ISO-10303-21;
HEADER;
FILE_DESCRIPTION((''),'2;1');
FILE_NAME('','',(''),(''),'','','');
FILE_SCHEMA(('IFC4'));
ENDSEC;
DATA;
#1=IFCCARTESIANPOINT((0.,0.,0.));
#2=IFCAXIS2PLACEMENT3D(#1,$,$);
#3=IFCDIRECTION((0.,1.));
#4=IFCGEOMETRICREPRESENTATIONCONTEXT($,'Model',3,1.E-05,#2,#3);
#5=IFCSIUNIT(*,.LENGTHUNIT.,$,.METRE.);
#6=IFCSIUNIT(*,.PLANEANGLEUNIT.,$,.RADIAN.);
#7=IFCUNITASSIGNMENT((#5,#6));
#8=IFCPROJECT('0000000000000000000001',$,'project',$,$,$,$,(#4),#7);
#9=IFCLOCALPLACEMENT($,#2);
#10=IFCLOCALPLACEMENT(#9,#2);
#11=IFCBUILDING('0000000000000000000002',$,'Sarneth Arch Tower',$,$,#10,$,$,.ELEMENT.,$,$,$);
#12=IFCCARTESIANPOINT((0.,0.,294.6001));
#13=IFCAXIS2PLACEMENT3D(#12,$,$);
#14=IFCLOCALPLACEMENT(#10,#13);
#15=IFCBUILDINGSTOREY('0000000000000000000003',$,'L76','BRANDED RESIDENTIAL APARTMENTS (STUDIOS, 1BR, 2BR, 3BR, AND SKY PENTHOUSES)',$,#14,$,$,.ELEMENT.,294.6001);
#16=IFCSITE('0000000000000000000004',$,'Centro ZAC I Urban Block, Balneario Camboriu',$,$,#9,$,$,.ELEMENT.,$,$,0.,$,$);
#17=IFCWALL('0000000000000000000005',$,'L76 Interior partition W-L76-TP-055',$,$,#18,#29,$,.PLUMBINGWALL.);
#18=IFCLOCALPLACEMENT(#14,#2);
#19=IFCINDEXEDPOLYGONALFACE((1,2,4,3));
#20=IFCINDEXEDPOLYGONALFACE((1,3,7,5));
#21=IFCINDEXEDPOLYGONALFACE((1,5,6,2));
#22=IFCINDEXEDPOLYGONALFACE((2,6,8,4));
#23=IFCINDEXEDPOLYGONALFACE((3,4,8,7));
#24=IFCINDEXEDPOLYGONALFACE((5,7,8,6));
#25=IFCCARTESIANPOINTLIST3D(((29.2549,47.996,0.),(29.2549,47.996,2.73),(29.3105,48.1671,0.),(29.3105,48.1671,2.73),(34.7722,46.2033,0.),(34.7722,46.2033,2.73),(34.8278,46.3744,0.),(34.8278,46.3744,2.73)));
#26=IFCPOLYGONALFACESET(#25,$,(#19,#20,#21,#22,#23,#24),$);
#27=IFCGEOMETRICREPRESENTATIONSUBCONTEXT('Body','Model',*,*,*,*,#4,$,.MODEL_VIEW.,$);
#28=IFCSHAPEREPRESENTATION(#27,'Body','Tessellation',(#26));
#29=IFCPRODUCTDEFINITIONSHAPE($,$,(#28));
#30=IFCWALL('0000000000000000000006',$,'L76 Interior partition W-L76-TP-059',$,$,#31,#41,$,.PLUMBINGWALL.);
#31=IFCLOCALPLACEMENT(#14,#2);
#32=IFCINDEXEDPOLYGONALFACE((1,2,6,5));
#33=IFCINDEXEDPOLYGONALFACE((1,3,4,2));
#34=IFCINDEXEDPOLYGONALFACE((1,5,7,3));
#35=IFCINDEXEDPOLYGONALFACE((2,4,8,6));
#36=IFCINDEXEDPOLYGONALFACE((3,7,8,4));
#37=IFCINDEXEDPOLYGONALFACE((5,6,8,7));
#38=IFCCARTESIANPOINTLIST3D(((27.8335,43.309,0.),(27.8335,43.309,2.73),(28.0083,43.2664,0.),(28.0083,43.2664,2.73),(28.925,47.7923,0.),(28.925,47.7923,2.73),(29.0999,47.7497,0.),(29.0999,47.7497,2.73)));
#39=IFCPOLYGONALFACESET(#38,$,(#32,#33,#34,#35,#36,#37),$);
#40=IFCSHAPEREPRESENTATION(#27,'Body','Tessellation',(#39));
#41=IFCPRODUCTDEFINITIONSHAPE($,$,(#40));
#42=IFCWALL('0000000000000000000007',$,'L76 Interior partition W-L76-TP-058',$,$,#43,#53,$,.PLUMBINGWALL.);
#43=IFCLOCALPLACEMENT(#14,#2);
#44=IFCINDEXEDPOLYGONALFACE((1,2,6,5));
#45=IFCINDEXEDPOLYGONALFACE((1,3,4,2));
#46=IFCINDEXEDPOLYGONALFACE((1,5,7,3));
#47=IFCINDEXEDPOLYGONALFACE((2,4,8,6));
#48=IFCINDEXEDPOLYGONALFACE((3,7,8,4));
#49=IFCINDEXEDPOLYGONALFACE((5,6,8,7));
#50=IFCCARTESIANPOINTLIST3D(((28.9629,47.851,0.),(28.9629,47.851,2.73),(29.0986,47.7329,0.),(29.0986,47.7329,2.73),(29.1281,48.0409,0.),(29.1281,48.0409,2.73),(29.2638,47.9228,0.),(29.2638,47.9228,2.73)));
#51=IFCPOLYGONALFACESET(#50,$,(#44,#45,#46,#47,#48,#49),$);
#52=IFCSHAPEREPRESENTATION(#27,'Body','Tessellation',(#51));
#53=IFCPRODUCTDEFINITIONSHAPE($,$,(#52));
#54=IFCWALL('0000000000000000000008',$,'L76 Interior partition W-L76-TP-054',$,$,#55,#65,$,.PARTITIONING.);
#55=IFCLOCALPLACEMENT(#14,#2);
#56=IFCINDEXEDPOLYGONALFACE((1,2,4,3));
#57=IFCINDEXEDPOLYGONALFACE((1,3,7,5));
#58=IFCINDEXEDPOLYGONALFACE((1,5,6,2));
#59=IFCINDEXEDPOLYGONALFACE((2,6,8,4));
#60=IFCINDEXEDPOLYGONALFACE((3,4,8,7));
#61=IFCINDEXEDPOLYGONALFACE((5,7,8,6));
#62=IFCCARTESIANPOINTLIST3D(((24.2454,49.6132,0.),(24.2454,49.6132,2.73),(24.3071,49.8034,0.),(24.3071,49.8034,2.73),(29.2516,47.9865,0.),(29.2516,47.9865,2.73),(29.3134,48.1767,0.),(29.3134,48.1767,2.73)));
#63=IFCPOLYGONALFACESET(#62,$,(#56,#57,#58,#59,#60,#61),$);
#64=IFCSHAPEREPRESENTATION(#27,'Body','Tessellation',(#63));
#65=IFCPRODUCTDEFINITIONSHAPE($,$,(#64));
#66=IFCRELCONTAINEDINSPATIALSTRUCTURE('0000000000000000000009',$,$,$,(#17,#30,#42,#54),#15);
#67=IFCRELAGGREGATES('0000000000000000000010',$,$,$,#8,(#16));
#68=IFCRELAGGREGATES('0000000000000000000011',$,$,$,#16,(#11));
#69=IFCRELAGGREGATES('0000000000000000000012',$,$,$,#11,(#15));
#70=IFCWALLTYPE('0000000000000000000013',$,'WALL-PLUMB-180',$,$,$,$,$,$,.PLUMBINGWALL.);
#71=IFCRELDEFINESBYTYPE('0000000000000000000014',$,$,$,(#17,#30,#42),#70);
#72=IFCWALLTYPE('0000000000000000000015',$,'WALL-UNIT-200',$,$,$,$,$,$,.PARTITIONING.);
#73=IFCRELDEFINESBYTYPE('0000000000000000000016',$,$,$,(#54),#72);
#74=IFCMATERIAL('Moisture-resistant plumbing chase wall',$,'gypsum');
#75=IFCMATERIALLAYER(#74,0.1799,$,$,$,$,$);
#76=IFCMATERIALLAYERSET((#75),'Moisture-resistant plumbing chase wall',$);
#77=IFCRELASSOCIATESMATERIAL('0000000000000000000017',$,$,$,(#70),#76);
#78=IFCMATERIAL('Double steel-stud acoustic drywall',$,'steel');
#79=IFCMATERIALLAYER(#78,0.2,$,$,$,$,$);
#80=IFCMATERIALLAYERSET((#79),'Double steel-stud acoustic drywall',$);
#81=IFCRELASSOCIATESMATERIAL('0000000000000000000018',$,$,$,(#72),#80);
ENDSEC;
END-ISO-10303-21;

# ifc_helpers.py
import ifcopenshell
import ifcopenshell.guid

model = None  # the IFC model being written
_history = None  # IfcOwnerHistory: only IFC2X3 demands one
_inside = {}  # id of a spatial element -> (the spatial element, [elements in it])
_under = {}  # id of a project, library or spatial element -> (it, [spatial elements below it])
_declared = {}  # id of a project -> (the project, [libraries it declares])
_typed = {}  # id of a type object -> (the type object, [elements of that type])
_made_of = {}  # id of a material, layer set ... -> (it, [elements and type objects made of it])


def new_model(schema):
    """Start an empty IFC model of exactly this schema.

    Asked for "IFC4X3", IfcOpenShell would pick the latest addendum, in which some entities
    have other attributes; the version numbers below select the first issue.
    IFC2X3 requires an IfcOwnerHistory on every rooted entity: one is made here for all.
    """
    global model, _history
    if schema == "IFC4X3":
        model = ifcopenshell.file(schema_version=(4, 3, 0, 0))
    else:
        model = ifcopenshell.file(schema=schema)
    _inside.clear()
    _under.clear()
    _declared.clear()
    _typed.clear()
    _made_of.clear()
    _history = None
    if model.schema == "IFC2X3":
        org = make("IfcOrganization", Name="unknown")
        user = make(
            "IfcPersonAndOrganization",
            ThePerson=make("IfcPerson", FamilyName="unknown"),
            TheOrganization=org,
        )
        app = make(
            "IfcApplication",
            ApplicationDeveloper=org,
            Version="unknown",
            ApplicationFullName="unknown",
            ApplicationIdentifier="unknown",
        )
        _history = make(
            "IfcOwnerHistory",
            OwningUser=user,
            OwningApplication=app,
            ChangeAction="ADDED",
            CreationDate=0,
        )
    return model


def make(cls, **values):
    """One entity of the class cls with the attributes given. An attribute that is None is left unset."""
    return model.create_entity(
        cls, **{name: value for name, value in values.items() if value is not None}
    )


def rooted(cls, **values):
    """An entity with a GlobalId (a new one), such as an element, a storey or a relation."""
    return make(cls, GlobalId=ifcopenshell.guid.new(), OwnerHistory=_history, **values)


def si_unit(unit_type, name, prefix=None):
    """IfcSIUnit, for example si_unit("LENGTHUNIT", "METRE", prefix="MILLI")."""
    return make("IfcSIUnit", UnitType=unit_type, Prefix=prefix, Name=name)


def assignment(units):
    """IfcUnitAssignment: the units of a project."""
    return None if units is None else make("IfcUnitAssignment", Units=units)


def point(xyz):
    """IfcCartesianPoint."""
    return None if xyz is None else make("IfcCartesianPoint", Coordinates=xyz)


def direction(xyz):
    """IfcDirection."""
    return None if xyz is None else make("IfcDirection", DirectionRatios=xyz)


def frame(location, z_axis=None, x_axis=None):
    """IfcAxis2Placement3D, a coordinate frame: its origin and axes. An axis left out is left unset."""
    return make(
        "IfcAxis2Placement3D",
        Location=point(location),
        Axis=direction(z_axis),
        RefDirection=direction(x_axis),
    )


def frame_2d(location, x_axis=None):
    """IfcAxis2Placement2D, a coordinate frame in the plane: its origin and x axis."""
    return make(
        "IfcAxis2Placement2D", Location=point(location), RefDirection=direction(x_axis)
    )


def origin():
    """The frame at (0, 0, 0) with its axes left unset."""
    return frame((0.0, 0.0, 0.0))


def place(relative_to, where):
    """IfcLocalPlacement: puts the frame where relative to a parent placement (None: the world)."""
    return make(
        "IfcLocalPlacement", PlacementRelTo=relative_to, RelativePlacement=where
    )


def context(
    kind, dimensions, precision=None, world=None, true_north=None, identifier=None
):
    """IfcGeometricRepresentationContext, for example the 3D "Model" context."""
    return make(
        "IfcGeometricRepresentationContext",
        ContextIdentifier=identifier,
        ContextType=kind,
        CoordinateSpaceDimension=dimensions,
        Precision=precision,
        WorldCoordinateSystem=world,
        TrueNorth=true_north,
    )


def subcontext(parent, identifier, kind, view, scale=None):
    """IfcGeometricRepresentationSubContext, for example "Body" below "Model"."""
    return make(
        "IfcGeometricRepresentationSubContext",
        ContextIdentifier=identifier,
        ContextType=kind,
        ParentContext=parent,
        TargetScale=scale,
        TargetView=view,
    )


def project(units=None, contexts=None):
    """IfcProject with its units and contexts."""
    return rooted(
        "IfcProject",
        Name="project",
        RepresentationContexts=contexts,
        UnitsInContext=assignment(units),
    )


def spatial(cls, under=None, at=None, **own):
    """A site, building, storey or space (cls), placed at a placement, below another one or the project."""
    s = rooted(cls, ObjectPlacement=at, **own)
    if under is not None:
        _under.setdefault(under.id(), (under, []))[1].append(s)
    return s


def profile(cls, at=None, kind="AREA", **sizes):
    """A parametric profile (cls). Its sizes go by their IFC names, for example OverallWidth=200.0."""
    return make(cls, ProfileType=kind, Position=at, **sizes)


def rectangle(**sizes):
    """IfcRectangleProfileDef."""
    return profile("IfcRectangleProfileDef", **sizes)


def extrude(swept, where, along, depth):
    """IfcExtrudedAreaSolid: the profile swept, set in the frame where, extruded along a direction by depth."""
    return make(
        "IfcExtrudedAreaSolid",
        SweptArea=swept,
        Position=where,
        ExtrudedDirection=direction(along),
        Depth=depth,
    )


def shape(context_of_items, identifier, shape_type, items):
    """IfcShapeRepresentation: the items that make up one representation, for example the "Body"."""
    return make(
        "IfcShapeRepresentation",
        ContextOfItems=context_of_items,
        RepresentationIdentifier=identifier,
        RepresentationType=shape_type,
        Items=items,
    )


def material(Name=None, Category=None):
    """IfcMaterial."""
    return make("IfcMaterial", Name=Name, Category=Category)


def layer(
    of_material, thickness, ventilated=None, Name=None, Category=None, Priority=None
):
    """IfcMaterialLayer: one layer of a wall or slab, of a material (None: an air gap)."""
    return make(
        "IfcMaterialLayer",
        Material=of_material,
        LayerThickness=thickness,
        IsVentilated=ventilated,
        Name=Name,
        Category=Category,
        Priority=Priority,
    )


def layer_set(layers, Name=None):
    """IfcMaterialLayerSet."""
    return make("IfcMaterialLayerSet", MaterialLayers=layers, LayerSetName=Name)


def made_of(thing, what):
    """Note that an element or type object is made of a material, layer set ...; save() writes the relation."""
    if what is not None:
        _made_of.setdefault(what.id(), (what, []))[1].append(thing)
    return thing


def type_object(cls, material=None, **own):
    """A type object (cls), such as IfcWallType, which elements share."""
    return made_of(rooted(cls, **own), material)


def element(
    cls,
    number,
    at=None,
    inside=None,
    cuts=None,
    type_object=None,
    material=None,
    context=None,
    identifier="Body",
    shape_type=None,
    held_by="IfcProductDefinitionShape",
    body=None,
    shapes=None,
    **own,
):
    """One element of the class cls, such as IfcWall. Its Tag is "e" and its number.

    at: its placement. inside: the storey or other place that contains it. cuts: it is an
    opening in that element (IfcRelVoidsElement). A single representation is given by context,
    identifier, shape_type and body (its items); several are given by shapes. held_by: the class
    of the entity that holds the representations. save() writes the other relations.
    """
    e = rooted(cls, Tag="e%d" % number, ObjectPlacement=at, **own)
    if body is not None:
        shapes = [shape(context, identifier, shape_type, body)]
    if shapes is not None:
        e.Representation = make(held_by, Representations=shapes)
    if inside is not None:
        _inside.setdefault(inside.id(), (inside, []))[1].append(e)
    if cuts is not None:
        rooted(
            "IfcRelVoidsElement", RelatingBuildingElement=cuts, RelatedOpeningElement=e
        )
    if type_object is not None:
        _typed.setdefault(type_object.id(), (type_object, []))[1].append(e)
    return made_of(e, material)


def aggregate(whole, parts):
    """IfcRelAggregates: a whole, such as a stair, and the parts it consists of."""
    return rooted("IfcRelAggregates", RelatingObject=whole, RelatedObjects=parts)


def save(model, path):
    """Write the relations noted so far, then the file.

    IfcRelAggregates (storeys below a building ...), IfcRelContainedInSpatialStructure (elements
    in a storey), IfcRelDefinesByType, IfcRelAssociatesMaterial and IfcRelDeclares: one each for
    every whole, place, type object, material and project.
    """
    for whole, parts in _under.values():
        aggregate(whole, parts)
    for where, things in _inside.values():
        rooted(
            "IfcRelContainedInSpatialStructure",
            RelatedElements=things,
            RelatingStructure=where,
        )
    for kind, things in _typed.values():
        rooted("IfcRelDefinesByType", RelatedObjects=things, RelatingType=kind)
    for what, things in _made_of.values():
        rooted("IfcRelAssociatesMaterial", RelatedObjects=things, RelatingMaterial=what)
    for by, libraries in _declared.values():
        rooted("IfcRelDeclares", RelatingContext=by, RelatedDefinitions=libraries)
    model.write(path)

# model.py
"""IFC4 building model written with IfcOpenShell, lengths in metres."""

from ifc_helpers import new_model, si_unit, direction, frame, frame_2d, origin, place, context, subcontext, project, spatial, rectangle, extrude, material, layer, layer_set, type_object, element, save


model = new_model("IFC4")

# Units and contexts
model_context = context("Model", 3, precision=1e-05, world=origin(), true_north=direction((0.0, 1.0)))
body_context = subcontext(model_context, "Body", "Model", "MODEL_VIEW")
ifc_project = project(units=[si_unit("LENGTHUNIT", "METRE"), si_unit("PLANEANGLEUNIT", "RADIAN")], contexts=[model_context])

# Site, building, storey
site_placement = place(None, origin())
site = spatial("IfcSite", under=ifc_project, at=site_placement, Name="Centro ZAC I Urban Block, Balneario Camboriu", CompositionType="ELEMENT", RefElevation=0.0)
building_placement = place(site_placement, origin())
building = spatial("IfcBuilding", under=site, at=building_placement, Name="Sarneth Arch Tower", CompositionType="ELEMENT")
storey_placement = place(building_placement, frame((0.0, 0.0, 294.6001)))
storey = spatial("IfcBuildingStorey", under=building, at=storey_placement, Name="L76", Description="BRANDED RESIDENTIAL APARTMENTS (STUDIOS, 1BR, 2BR, 3BR, AND SKY PENTHOUSES)", CompositionType="ELEMENT", Elevation=294.6001)

# Shared definitions
ifc_material_1 = material(Name="Moisture-resistant plumbing chase wall", Category="gypsum")
ifc_layer_1 = layer(ifc_material_1, 0.1799)
ifc_layer_set_1 = layer_set([ifc_layer_1], Name="Moisture-resistant plumbing chase wall")
wall_type_1 = type_object("IfcWallType", Name="WALL-PLUMB-180", PredefinedType="PLUMBINGWALL", material=ifc_layer_set_1)

# Walls
wall_1_placement = place(storey_placement, frame((29.2827, 48.0815, 0.0), z_axis=(0.0, 0.0, 1.0), x_axis=(0.951055, -0.309022, 0.0)))
element("IfcWall", 1, at=wall_1_placement, inside=storey, type_object=wall_type_1, Name="L76 Interior partition W-L76-TP-055", PredefinedType="PLUMBINGWALL", context=body_context, shape_type="SweptSolid", body=[
    extrude(rectangle(XDim=5.8013, YDim=0.1799, at=frame_2d((2.9006, 0.0))), origin(), (0.0, 0.0, 1.0), 2.73),
])
wall_2_placement = place(storey_placement, frame((29.0125, 47.771, 0.0), z_axis=(0.0, 0.0, 1.0), x_axis=(-0.236555, -0.971618, 0.0)))
element("IfcWall", 2, at=wall_2_placement, inside=storey, type_object=wall_type_1, Name="L76 Interior partition W-L76-TP-059", PredefinedType="PLUMBINGWALL", context=body_context, shape_type="SweptSolid", body=[
    extrude(rectangle(XDim=4.6143, YDim=0.1799, at=frame_2d((2.3071, 0.0))), origin(), (0.0, 0.0, 1.0), 2.73),
])
wall_3_placement = place(storey_placement, frame((29.196, 47.9819, 0.0), z_axis=(0.0, 0.0, 1.0), x_axis=(-0.656443, -0.754376, 0.0)))
element("IfcWall", 3, at=wall_3_placement, inside=storey, type_object=wall_type_1, Name="L76 Interior partition W-L76-TP-058", PredefinedType="PLUMBINGWALL", context=body_context, shape_type="SweptSolid", body=[
    extrude(rectangle(XDim=0.2517, YDim=0.1799, at=frame_2d((0.126, 0.0))), origin(), (0.0, 0.0, 1.0), 2.73),
])
ifc_material_2 = material(Name="Double steel-stud acoustic drywall", Category="steel")
ifc_layer_2 = layer(ifc_material_2, 0.2)
ifc_layer_set_2 = layer_set([ifc_layer_2], Name="Double steel-stud acoustic drywall")
wall_type_2 = type_object("IfcWallType", Name="WALL-UNIT-200", PredefinedType="PARTITIONING", material=ifc_layer_set_2)
wall_4_placement = place(storey_placement, frame((24.2764, 49.7083, 0.0), z_axis=(0.0, 0.0, 1.0), x_axis=(0.951054, -0.309025, 0.0)))
element("IfcWall", 4, at=wall_4_placement, inside=storey, type_object=wall_type_2, Name="L76 Interior partition W-L76-TP-054", PredefinedType="PARTITIONING", context=body_context, shape_type="SweptSolid", body=[
    extrude(rectangle(XDim=5.2639, YDim=0.2, at=frame_2d((2.6318, 0.0))), origin(), (0.0, 0.0, 1.0), 2.73),
])

save(model, "model.ifc")
